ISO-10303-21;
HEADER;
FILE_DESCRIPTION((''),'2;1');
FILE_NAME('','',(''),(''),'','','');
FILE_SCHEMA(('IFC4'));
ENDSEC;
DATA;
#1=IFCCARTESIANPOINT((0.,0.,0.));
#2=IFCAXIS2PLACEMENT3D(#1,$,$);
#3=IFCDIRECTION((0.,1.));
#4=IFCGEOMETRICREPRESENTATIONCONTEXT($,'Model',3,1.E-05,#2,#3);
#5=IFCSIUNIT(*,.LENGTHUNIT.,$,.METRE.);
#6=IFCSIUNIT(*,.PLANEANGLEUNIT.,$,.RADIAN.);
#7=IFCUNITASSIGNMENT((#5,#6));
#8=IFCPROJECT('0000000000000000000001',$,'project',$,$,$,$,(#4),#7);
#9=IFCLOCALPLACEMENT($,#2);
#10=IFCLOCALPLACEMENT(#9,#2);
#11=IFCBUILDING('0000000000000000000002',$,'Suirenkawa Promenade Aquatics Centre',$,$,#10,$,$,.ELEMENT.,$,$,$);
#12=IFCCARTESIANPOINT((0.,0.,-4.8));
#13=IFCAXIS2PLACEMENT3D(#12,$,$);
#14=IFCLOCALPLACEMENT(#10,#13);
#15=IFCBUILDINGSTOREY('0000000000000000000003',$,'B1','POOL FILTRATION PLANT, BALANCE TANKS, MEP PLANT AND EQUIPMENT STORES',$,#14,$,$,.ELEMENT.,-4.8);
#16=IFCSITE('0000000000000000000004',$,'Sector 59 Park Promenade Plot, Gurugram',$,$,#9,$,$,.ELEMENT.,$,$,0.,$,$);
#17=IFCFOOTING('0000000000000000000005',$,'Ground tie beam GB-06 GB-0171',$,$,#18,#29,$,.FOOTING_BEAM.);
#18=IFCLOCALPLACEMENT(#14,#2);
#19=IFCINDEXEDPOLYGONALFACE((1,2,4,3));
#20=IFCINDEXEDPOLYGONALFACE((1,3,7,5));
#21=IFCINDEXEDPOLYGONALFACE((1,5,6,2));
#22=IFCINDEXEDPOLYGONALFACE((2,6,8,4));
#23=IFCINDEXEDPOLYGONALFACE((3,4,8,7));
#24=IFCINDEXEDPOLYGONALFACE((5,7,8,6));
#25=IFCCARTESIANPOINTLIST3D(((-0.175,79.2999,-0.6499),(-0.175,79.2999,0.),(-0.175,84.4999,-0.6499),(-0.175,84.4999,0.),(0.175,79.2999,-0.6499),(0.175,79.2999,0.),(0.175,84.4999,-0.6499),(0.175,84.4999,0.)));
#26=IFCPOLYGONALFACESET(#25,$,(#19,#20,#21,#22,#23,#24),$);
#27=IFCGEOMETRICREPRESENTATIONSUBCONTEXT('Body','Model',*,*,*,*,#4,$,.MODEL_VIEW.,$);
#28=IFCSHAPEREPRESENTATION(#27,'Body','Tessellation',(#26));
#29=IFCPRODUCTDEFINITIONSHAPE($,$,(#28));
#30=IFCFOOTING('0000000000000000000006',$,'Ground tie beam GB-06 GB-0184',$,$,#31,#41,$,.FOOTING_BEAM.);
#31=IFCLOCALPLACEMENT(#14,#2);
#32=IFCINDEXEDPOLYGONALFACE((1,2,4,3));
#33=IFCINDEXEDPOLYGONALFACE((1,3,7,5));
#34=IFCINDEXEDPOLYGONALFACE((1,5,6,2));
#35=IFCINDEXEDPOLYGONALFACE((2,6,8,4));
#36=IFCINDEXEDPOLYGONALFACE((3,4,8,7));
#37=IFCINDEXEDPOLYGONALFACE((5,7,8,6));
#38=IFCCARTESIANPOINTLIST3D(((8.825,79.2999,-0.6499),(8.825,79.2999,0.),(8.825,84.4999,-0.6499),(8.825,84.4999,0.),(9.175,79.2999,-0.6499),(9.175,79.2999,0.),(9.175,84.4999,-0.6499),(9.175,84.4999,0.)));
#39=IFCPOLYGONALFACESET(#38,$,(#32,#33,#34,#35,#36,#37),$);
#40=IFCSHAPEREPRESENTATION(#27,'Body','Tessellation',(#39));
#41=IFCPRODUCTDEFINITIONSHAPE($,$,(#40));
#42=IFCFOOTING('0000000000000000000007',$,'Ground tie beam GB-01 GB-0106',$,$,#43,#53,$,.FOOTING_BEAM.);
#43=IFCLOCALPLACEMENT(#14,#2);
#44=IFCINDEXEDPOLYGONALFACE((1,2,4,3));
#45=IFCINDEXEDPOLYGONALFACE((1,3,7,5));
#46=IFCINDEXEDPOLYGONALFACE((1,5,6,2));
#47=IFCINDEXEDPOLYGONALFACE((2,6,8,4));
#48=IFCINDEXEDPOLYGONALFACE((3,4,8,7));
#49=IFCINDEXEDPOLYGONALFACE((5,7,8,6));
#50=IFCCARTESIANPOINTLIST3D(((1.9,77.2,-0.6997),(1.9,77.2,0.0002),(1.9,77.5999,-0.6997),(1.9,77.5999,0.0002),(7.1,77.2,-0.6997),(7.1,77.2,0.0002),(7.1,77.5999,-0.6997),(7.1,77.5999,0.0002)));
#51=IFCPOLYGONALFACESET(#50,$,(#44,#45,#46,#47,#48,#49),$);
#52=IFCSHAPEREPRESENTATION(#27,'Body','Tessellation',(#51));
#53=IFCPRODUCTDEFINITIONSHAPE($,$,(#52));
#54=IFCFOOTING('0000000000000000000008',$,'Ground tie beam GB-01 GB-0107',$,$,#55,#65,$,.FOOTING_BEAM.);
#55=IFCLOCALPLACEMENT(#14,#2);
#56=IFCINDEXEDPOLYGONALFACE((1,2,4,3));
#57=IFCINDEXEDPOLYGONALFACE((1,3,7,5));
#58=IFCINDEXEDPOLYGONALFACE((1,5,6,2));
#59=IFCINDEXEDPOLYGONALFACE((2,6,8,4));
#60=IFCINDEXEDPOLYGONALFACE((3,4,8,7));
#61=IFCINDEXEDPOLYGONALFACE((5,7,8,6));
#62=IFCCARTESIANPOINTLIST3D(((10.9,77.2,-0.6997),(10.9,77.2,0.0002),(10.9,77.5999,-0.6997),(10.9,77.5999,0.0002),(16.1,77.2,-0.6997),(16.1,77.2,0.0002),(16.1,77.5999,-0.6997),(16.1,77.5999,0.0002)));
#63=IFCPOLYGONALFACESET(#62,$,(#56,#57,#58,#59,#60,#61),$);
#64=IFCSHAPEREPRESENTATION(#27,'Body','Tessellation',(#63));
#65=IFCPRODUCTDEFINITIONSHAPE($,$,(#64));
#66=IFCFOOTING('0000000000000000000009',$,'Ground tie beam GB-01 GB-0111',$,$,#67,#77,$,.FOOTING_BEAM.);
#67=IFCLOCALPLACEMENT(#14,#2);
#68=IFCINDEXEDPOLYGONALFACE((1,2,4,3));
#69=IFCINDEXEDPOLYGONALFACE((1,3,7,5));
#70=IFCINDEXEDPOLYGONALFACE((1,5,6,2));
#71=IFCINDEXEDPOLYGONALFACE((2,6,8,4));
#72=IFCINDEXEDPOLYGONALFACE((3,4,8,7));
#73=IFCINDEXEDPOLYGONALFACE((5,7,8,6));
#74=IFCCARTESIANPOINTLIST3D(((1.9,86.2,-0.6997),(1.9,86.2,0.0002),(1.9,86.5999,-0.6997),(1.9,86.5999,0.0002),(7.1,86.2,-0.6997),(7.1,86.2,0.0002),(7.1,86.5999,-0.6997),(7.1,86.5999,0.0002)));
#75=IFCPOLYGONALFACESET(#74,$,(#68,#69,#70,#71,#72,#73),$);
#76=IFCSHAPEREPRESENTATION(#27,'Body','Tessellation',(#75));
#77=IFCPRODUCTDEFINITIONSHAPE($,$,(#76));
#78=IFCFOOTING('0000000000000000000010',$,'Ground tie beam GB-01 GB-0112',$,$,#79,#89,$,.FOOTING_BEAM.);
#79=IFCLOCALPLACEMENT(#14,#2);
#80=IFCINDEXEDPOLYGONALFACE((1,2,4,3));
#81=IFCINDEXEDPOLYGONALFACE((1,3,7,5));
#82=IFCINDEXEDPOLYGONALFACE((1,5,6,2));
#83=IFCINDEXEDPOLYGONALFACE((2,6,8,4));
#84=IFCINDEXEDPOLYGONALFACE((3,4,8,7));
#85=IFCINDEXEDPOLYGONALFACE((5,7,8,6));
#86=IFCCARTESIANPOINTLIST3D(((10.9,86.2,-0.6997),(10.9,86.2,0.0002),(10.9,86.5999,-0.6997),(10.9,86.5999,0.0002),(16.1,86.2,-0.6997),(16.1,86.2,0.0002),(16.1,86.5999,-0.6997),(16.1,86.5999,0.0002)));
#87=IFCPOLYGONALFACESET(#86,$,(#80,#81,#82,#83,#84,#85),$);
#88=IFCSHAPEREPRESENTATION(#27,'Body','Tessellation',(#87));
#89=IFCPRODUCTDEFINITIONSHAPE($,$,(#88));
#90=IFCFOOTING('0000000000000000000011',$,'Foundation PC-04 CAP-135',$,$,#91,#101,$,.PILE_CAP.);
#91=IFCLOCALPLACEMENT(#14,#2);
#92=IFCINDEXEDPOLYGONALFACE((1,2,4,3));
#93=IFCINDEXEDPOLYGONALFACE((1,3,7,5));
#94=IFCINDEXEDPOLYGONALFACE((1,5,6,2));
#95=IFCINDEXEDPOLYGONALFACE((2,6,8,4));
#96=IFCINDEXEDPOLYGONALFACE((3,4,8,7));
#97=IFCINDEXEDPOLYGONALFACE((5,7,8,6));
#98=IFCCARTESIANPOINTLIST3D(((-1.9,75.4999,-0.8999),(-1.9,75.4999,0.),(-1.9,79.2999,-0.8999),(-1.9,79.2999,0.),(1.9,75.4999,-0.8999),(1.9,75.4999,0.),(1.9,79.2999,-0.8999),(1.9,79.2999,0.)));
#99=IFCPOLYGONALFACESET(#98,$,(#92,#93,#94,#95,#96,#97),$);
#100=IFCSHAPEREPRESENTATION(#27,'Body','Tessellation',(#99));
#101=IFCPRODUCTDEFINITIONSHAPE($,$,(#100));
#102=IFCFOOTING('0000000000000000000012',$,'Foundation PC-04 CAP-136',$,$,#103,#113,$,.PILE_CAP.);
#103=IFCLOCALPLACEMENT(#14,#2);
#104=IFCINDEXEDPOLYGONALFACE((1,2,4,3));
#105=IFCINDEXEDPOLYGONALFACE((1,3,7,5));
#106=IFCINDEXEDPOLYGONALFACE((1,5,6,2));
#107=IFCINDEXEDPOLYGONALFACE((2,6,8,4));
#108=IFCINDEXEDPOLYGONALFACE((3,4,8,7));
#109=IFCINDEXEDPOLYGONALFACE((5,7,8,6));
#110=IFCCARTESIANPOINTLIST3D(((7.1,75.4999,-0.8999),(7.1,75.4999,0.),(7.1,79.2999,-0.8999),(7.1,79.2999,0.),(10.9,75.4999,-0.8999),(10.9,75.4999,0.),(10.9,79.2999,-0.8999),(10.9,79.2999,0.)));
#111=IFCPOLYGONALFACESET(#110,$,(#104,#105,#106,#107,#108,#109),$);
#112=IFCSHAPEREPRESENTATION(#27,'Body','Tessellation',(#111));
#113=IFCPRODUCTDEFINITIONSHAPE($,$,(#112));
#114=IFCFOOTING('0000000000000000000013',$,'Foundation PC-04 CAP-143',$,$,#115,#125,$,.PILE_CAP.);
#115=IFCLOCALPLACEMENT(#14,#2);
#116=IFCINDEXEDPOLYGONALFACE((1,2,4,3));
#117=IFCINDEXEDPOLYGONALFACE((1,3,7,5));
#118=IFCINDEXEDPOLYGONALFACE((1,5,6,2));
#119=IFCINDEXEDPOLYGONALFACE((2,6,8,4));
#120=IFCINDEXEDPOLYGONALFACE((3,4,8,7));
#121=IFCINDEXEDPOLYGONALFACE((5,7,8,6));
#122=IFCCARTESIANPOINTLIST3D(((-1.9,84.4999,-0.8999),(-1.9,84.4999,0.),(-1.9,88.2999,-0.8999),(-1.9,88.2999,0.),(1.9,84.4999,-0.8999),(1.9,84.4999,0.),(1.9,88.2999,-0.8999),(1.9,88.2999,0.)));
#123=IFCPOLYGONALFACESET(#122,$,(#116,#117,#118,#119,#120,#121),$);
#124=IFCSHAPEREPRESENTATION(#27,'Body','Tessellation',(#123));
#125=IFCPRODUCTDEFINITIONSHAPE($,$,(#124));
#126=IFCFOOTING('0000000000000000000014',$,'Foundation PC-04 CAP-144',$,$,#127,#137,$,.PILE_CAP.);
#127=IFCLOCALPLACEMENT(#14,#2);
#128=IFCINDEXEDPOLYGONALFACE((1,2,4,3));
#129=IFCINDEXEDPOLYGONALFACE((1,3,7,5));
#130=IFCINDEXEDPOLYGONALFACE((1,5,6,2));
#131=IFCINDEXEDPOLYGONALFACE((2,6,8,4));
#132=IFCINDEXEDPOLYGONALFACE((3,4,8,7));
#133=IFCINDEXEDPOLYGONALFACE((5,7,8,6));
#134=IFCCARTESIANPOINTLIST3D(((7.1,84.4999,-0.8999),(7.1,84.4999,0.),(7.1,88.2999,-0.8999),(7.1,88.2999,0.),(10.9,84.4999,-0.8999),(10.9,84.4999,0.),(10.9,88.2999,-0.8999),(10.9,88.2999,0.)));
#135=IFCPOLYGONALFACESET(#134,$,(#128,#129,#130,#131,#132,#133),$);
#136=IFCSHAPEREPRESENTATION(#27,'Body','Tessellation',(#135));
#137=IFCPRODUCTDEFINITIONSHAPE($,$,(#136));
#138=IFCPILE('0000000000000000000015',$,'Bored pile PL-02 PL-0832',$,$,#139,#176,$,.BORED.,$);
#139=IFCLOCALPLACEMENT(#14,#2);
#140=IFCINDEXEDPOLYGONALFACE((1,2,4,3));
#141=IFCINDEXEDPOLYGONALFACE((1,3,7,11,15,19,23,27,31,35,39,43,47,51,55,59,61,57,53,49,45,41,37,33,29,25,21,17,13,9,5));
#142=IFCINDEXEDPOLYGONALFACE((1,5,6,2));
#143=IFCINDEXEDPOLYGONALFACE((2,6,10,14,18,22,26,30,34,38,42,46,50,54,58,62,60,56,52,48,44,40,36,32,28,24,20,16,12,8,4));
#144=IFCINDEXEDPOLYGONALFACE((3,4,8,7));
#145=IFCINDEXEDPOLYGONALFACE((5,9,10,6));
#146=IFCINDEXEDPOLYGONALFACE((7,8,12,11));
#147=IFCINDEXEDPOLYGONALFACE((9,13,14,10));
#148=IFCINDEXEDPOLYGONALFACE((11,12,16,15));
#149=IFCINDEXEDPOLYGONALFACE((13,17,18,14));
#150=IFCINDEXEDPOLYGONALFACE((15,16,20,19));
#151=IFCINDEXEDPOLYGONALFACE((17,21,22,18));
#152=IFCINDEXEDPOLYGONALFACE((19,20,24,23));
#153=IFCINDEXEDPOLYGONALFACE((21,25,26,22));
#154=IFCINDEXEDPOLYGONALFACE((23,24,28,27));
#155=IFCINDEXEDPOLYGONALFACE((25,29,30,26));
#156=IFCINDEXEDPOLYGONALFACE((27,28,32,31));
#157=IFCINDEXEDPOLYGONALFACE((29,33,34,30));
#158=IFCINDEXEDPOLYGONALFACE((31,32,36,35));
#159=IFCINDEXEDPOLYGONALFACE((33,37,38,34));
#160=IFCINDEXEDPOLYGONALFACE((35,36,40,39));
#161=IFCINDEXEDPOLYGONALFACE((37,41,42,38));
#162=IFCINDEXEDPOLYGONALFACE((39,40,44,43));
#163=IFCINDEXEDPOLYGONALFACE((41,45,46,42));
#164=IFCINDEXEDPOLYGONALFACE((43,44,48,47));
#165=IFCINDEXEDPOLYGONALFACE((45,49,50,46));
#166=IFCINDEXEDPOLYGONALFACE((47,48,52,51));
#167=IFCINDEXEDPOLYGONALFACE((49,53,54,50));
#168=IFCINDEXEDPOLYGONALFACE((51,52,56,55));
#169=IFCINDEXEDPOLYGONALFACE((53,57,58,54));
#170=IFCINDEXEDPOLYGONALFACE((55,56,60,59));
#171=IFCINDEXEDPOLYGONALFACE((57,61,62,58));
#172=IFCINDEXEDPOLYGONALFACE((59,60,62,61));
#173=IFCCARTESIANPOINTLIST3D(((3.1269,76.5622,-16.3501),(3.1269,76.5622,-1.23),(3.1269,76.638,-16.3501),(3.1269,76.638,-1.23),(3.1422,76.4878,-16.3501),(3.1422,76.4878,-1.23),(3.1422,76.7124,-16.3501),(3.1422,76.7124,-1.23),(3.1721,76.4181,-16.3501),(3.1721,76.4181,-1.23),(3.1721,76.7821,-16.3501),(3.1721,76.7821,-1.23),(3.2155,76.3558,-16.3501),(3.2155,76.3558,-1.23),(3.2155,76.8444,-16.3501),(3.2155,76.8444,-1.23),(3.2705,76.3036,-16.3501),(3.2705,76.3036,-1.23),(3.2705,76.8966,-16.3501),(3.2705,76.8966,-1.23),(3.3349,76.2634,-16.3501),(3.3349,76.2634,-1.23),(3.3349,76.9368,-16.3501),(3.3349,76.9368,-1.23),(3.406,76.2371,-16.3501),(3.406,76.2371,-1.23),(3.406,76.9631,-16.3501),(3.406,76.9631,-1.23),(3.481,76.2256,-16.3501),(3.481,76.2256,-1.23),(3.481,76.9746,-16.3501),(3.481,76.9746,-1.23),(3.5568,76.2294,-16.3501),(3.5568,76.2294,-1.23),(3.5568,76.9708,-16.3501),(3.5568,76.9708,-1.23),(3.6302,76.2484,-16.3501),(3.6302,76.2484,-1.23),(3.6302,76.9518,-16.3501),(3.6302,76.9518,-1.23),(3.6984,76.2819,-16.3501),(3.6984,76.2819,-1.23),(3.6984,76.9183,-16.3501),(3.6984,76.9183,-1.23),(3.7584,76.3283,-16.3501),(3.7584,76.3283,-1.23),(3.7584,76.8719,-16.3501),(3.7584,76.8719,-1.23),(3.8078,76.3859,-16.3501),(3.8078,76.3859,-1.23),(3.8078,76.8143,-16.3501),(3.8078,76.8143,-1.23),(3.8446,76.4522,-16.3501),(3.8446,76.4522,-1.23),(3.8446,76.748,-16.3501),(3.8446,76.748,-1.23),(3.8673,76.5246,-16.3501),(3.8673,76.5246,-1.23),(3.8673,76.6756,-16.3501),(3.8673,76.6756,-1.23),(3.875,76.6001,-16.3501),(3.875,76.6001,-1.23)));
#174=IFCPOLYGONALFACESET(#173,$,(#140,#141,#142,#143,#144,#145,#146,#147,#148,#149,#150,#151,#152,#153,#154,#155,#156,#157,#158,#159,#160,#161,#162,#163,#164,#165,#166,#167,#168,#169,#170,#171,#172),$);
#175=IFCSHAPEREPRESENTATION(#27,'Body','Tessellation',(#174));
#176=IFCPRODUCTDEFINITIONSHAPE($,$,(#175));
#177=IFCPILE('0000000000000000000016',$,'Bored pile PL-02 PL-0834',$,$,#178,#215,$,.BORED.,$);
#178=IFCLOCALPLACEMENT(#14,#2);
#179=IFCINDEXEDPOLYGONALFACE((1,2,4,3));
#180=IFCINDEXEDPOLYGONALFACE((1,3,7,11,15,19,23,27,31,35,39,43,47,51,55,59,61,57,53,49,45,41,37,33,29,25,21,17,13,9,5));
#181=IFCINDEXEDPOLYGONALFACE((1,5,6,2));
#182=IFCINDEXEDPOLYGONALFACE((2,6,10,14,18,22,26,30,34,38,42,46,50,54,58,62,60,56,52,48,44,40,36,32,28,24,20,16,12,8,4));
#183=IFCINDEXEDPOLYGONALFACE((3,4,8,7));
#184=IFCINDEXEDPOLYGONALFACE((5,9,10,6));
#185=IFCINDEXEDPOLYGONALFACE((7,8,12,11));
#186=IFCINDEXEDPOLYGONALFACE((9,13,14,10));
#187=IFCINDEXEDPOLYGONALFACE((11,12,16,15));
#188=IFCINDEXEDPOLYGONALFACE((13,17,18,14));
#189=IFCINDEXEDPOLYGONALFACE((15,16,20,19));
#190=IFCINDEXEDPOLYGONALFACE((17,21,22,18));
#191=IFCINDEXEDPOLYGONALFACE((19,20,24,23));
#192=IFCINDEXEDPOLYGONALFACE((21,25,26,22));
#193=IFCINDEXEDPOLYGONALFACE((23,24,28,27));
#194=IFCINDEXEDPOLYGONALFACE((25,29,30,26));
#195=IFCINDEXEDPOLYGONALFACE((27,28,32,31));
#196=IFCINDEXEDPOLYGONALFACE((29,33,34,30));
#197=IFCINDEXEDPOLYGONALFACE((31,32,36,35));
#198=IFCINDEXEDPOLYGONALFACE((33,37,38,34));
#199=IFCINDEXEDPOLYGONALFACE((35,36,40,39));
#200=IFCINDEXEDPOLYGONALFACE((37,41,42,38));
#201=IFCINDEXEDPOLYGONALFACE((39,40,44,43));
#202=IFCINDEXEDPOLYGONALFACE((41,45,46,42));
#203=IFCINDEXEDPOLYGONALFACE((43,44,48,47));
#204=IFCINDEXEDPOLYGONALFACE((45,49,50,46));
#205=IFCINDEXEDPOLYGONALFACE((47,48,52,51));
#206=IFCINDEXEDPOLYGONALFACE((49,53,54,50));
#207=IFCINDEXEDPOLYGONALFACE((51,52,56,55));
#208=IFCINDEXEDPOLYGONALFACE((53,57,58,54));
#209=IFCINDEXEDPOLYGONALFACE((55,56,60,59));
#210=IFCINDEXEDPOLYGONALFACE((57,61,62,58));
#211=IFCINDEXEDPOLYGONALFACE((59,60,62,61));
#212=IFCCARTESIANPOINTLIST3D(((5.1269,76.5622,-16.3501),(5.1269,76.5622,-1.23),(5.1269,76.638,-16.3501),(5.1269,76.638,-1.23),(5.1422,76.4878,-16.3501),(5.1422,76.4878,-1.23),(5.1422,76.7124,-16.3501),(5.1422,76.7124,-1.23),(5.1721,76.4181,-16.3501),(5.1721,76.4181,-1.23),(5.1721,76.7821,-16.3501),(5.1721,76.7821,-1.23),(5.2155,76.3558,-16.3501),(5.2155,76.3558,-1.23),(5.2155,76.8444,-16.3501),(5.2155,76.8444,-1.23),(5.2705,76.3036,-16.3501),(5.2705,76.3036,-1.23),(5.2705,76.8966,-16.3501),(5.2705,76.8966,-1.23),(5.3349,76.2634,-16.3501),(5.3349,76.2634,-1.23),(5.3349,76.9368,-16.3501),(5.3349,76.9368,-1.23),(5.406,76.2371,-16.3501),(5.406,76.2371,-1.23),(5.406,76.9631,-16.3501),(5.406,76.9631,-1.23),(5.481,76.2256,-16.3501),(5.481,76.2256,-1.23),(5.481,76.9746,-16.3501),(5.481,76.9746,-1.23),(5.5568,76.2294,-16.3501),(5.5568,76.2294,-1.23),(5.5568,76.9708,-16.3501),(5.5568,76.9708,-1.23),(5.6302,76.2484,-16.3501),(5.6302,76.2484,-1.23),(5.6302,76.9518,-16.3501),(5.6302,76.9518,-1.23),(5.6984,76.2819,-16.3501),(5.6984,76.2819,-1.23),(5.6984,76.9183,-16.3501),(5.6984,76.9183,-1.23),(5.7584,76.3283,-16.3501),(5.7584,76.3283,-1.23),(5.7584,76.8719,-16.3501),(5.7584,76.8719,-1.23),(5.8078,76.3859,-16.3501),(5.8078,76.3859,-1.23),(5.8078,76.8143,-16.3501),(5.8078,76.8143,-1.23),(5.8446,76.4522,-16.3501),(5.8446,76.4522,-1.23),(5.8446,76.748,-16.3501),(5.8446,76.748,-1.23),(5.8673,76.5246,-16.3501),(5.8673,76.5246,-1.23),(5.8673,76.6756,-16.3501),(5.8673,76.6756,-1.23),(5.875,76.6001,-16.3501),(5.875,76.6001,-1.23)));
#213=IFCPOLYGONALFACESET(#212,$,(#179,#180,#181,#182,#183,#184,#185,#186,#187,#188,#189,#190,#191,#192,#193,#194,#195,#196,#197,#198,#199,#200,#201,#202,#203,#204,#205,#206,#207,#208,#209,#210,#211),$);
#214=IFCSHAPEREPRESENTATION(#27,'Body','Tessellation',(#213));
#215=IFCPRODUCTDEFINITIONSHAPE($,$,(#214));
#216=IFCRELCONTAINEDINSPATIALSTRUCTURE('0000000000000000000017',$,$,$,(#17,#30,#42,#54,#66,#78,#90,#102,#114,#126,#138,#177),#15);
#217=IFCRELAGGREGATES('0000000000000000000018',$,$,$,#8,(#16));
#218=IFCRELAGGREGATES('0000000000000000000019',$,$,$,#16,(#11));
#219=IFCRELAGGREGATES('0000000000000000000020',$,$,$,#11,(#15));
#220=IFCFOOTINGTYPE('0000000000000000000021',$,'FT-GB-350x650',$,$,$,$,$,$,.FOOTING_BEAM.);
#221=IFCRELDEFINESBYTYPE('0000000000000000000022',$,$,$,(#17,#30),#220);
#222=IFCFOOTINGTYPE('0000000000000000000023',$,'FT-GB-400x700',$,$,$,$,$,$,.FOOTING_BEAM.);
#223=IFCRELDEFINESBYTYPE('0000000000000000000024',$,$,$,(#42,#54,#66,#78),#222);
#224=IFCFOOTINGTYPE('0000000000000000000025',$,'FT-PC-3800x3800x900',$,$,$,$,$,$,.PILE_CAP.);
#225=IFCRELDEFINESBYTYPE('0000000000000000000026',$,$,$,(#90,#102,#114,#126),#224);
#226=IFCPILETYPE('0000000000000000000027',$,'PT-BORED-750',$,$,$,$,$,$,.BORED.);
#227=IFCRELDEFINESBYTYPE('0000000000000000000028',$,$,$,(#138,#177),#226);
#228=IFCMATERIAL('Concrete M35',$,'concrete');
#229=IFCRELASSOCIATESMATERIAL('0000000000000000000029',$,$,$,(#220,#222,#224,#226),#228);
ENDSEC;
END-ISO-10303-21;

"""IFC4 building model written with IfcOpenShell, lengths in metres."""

from ifc_helpers import new_model, si_unit, direction, frame, origin, origin_2d, place, context, subcontext, project, spatial, rectangle, circle, extrude, material, material_profile, profile_set, type_object, element, save


model = new_model("IFC4")

# Units and contexts
model_context = context("Model", 3, precision=1e-05, world=origin(), true_north=direction((0.0, 1.0)))
body_context = subcontext(model_context, "Body", "Model", "MODEL_VIEW")
ifc_project = project(units=[si_unit("LENGTHUNIT", "METRE"), si_unit("PLANEANGLEUNIT", "RADIAN")], contexts=[model_context])

# Site, building, storey
site_placement = place(None, origin())
site = spatial("IfcSite", under=ifc_project, at=site_placement, Name="Sector 59 Park Promenade Plot, Gurugram", CompositionType="ELEMENT", RefElevation=0.0)
building_placement = place(site_placement, origin())
building = spatial("IfcBuilding", under=site, at=building_placement, Name="Suirenkawa Promenade Aquatics Centre", CompositionType="ELEMENT")
storey_placement = place(building_placement, frame((0.0, 0.0, -4.8)))
storey = spatial("IfcBuildingStorey", under=building, at=storey_placement, Name="B1", Description="POOL FILTRATION PLANT, BALANCE TANKS, MEP PLANT AND EQUIPMENT STORES", CompositionType="ELEMENT", Elevation=-4.8)

# Footings
ifc_material_1 = material(Name="Concrete M35", Category="concrete")
footing_type_1 = type_object("IfcFootingType", Name="FT-GB-350x650", PredefinedType="FOOTING_BEAM", material=ifc_material_1)
for number, where, z_axis, x_axis, name in (
    (1, (0.0, 81.8999, -0.6499), (0.0, 0.0, 1.0), (0.0, 1.0, 0.0), "Ground tie beam GB-06 GB-0171"),
    (2, (9.0, 81.8999, -0.6499), (0.0, 0.0, 1.0), (0.0, 1.0, 0.0), "Ground tie beam GB-06 GB-0184"),
):
    element("IfcFooting", number, at=place(storey_placement, frame(where, z_axis=z_axis, x_axis=x_axis)), inside=storey, type_object=footing_type_1, Name=name, PredefinedType="FOOTING_BEAM", context=body_context, shape_type="SweptSolid", body=[
        extrude(rectangle(XDim=5.2, YDim=0.3501, at=origin_2d()), origin(), (0.0, 0.0, 1.0), 0.6499),
    ])
footing_type_2 = type_object("IfcFootingType", Name="FT-GB-400x700", PredefinedType="FOOTING_BEAM", material=ifc_material_1)
for number, where, z_axis, x_axis, name in (
    (3, (4.5, 77.3999, -0.6997), (0.0, 0.0, 1.0), (1.0, 0.0, 0.0), "Ground tie beam GB-01 GB-0106"),
    (4, (13.5, 77.3999, -0.6997), (0.0, 0.0, 1.0), (1.0, 0.0, 0.0), "Ground tie beam GB-01 GB-0107"),
    (5, (4.5, 86.3999, -0.6997), (0.0, 0.0, 1.0), (1.0, 0.0, 0.0), "Ground tie beam GB-01 GB-0111"),
    (6, (13.5, 86.3999, -0.6997), (0.0, 0.0, 1.0), (1.0, 0.0, 0.0), "Ground tie beam GB-01 GB-0112"),
):
    element("IfcFooting", number, at=place(storey_placement, frame(where, z_axis=z_axis, x_axis=x_axis)), inside=storey, type_object=footing_type_2, Name=name, PredefinedType="FOOTING_BEAM", context=body_context, shape_type="SweptSolid", body=[
        extrude(rectangle(XDim=5.2, YDim=0.3999, at=origin_2d()), origin(), (0.0, 0.0, 1.0), 0.7),
    ])
footing_type_3 = type_object("IfcFootingType", Name="FT-PC-3800x3800x900", PredefinedType="PILE_CAP", material=ifc_material_1)
for number, where, z_axis, x_axis, name in (
    (7, (0.0, 77.3999, -0.8999), (0.0, 0.0, 1.0), (1.0, 0.0, 0.0), "Foundation PC-04 CAP-135"),
    (8, (9.0, 77.3999, -0.8999), (0.0, 0.0, 1.0), (1.0, 0.0, 0.0), "Foundation PC-04 CAP-136"),
    (9, (0.0, 86.3999, -0.8999), (0.0, 0.0, 1.0), (1.0, 0.0, 0.0), "Foundation PC-04 CAP-143"),
    (10, (9.0, 86.3999, -0.8999), (0.0, 0.0, 1.0), (1.0, 0.0, 0.0), "Foundation PC-04 CAP-144"),
):
    element("IfcFooting", number, at=place(storey_placement, frame(where, z_axis=z_axis, x_axis=x_axis)), inside=storey, type_object=footing_type_3, Name=name, PredefinedType="PILE_CAP", context=body_context, shape_type="SweptSolid", body=[
        extrude(rectangle(XDim=3.8, YDim=3.8, at=origin_2d()), origin(), (0.0, 0.0, 1.0), 0.8999),
    ])

# Piles
ifc_material_profile_1 = material_profile(ifc_material_1, circle(Radius=0.375, at=origin_2d()), Name="PILE D750", Category="concrete")
ifc_profile_set_1 = profile_set([ifc_material_profile_1], Name="Concrete M35")
pile_type_1 = type_object("IfcPileType", Name="PT-BORED-750", PredefinedType="BORED", material=ifc_profile_set_1)
for number, where, z_axis, x_axis, name in (
    (11, (3.5, 76.6001, -1.23), (0.0, 0.0, -1.0), (1.0, 0.0, 0.0), "Bored pile PL-02 PL-0832"),
    (12, (5.5, 76.6001, -1.23), (0.0, 0.0, -1.0), (1.0, 0.0, 0.0), "Bored pile PL-02 PL-0834"),
):
    element("IfcPile", number, at=place(storey_placement, frame(where, z_axis=z_axis, x_axis=x_axis)), inside=storey, type_object=pile_type_1, Name=name, PredefinedType="BORED", context=body_context, shape_type="SweptSolid", body=[
        extrude(circle(Radius=0.375, at=origin_2d()), origin(), (0.0, 0.0, 1.0), 15.1201),
    ])

save(model, "model.ifc")
